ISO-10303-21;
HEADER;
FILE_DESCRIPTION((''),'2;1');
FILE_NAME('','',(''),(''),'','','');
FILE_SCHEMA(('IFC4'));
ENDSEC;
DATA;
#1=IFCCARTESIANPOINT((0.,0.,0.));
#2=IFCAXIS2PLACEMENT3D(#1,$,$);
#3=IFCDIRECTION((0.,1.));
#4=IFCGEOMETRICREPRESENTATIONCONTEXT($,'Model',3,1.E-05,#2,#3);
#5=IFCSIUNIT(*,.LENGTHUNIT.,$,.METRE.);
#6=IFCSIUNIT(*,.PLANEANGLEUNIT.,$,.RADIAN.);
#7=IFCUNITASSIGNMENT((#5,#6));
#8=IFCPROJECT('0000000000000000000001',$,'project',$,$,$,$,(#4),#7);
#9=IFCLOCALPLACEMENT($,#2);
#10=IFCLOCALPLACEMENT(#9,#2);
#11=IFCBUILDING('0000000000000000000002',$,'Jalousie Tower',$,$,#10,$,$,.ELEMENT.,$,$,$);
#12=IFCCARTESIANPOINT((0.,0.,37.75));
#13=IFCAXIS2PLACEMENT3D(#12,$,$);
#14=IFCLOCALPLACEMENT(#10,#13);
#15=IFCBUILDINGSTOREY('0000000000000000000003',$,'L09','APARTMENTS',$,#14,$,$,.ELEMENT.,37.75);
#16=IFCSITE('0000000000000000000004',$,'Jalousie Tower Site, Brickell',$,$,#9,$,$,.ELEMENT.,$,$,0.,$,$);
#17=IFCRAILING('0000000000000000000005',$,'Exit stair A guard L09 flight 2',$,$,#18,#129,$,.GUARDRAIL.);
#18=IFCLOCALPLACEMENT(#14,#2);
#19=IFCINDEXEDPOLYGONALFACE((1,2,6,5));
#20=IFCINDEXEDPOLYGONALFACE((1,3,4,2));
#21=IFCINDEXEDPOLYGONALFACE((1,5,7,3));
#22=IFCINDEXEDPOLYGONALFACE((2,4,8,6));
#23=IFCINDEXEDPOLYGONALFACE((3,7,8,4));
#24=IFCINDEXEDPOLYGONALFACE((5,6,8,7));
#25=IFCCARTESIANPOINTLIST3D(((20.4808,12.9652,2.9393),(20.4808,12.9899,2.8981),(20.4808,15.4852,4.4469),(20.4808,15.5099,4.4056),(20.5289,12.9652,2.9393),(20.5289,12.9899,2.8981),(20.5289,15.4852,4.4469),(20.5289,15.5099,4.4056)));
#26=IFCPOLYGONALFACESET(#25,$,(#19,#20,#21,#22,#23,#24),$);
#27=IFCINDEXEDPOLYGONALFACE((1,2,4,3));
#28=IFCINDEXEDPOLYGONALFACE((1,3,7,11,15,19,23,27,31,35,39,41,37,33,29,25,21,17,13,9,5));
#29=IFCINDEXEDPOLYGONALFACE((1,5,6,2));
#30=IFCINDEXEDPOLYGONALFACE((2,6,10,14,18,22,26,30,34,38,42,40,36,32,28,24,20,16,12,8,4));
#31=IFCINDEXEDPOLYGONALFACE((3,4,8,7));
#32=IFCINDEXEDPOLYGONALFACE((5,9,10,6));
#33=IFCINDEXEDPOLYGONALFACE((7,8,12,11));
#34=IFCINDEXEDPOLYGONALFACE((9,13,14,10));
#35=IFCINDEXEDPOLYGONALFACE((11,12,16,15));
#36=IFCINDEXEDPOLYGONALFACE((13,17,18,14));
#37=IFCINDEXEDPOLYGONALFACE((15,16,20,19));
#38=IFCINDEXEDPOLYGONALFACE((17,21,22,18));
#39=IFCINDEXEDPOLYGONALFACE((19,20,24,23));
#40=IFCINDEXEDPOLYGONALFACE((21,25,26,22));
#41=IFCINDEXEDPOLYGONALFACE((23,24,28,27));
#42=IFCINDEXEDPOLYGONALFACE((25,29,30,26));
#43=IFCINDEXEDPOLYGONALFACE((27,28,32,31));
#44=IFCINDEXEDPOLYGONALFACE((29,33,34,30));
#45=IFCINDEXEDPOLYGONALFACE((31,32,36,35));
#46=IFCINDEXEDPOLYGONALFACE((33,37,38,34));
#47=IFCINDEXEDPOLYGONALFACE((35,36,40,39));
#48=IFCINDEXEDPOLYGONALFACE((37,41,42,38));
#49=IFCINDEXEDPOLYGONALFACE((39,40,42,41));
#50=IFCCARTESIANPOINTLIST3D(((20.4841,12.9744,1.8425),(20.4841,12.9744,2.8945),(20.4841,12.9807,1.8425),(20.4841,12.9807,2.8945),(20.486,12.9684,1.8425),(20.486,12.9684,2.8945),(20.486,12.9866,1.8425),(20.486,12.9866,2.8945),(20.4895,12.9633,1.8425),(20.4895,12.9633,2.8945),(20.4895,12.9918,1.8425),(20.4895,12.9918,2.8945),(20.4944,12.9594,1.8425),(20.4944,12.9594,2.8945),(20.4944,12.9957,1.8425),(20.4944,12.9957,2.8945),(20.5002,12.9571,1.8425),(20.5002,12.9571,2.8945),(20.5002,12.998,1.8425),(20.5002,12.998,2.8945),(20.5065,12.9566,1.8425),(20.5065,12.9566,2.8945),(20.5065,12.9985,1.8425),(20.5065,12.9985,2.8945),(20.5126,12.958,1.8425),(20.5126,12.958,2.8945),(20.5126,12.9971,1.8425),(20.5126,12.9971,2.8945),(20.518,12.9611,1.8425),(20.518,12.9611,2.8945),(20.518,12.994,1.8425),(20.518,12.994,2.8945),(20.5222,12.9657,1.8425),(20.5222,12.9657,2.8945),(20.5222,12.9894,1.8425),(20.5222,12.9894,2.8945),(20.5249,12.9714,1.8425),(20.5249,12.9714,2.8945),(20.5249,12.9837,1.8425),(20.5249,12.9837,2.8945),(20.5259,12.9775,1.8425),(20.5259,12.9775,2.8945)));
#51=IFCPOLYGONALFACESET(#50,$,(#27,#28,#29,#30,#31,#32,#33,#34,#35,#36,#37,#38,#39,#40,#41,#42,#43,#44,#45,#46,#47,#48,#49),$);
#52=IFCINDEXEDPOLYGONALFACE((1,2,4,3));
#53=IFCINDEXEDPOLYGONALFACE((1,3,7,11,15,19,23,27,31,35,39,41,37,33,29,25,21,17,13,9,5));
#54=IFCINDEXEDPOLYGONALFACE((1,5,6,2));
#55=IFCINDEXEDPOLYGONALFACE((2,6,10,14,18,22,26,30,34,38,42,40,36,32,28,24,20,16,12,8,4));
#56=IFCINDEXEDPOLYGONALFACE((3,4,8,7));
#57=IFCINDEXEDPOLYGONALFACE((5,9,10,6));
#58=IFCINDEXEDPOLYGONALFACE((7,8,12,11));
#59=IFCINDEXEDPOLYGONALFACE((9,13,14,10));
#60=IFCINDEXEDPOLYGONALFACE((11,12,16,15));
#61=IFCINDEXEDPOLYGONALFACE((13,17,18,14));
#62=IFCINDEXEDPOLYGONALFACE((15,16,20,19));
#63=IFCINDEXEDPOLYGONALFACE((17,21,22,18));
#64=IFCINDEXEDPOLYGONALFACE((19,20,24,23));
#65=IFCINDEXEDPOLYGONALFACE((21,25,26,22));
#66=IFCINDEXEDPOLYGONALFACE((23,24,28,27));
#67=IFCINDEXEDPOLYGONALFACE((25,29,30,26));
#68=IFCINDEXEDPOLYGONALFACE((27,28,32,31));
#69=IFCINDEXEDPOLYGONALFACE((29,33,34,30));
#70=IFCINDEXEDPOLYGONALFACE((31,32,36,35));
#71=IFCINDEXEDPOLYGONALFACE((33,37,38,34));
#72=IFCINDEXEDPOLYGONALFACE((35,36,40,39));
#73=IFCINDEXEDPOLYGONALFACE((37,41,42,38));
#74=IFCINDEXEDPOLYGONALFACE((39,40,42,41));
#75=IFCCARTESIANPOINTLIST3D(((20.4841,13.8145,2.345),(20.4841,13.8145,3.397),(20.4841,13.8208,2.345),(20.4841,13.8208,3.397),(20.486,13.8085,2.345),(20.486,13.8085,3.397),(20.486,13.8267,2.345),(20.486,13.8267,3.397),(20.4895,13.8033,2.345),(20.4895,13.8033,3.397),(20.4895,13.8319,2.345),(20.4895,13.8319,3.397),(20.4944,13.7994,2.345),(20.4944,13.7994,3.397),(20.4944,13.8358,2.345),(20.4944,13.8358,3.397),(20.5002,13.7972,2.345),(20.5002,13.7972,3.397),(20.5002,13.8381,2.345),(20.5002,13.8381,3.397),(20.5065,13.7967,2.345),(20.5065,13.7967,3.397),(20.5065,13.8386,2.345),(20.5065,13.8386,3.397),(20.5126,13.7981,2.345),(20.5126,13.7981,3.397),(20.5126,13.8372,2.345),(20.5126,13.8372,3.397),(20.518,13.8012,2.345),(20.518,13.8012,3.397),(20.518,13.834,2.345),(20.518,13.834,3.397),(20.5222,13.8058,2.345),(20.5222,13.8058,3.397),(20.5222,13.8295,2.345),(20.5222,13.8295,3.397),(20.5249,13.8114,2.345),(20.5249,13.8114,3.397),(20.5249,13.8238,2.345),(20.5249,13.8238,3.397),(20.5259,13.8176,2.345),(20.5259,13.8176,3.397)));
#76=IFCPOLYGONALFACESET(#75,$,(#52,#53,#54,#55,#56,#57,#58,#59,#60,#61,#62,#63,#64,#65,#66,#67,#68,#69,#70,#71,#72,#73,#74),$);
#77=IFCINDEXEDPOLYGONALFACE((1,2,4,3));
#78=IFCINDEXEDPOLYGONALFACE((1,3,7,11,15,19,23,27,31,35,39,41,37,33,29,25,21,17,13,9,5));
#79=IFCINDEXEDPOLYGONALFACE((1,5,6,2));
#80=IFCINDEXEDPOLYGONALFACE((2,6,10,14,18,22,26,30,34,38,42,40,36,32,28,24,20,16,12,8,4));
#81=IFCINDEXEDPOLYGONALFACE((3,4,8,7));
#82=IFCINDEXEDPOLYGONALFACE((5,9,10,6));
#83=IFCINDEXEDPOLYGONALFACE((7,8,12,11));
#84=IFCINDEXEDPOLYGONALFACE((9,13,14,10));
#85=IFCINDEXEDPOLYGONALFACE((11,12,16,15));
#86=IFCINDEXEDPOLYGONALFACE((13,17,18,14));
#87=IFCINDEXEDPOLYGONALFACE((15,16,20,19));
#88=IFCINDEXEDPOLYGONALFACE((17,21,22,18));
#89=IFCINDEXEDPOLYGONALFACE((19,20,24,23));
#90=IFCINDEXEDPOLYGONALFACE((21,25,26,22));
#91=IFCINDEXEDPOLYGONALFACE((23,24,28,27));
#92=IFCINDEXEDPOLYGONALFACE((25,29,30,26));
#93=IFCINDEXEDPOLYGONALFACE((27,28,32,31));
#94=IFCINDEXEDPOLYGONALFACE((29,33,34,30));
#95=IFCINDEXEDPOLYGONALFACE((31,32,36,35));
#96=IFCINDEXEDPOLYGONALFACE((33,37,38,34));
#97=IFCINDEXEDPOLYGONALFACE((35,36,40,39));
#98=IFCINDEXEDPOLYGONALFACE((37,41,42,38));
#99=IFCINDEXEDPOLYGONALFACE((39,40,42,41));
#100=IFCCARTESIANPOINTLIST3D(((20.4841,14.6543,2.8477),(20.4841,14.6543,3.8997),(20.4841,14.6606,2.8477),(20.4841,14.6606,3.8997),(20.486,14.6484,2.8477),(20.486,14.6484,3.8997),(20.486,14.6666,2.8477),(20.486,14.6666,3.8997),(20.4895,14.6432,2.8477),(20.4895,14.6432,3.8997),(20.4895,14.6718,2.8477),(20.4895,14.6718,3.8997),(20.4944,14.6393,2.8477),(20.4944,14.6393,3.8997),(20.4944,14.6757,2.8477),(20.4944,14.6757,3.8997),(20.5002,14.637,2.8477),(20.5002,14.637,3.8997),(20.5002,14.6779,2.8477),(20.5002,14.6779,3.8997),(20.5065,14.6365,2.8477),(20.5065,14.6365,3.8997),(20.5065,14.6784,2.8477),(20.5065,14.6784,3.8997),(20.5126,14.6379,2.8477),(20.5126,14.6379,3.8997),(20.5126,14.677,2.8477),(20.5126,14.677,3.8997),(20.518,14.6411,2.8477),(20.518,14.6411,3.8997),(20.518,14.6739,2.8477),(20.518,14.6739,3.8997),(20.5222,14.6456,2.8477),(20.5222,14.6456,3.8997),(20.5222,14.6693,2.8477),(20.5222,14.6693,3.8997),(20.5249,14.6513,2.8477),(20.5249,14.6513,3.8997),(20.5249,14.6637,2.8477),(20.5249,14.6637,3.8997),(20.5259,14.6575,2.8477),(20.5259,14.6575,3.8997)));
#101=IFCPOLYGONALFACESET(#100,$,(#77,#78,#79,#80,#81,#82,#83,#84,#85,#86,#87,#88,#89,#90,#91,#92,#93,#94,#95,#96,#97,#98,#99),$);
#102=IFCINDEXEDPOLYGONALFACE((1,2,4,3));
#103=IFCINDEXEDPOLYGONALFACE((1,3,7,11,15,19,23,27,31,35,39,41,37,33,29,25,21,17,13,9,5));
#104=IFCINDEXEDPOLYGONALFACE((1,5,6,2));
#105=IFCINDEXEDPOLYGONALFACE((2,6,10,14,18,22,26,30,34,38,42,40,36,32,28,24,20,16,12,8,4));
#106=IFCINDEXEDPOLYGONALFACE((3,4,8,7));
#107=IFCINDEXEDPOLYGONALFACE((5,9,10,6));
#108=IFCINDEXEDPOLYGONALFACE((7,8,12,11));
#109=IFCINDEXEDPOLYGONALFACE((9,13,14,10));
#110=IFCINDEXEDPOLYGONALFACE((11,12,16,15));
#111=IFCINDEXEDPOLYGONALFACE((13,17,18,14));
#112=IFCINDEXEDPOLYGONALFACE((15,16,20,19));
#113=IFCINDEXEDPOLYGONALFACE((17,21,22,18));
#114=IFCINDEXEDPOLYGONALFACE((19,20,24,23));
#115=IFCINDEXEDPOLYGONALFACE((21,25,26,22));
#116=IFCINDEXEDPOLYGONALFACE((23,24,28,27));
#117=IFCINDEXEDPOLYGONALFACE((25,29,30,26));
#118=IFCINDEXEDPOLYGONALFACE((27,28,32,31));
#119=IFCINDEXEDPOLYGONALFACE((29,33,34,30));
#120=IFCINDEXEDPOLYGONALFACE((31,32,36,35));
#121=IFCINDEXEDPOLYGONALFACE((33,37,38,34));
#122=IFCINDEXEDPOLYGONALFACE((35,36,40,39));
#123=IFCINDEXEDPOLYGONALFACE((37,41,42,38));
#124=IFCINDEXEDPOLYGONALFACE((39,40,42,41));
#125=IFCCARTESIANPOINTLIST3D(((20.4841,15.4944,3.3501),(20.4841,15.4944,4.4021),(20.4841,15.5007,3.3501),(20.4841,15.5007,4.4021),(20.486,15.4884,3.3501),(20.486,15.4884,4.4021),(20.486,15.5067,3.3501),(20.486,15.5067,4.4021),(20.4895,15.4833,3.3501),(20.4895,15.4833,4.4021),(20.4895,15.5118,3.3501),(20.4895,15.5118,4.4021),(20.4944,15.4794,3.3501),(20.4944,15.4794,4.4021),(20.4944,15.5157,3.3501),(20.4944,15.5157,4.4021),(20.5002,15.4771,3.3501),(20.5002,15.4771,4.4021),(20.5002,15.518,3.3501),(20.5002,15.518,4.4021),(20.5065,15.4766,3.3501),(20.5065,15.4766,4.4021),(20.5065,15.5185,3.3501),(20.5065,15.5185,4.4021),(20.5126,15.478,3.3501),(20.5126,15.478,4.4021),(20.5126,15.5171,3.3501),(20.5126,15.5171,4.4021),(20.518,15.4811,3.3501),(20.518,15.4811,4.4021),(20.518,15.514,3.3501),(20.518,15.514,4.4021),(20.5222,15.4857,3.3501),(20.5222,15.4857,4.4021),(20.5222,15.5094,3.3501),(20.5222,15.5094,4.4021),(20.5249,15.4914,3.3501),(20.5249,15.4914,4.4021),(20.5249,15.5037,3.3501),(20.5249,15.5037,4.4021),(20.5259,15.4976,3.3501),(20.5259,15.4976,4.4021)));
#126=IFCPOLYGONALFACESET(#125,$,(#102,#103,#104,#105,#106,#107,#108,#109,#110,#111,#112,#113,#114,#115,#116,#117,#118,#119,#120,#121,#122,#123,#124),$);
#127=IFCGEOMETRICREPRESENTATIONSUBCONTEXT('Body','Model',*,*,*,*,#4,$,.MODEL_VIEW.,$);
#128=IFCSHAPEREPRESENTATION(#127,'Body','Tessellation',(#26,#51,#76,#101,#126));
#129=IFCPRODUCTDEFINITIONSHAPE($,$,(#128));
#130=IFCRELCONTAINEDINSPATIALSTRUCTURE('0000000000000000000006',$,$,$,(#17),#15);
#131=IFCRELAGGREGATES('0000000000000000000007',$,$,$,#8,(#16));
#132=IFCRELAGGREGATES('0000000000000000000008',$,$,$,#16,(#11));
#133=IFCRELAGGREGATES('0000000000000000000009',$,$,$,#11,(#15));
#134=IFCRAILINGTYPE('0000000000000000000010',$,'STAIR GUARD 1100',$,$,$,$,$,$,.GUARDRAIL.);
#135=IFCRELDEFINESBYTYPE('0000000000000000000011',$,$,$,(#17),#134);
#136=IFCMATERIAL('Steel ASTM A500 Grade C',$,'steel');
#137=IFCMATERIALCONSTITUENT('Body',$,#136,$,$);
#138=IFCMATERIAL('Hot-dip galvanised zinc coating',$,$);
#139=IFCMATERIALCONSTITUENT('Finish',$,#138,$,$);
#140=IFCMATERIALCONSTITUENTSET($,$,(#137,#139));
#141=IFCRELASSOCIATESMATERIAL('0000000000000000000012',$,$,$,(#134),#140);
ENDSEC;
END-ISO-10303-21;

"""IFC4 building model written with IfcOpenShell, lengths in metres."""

from ifc_helpers import new_model, si_unit, direction, frame, origin, origin_2d, place, context, subcontext, project, spatial, rectangle, circle, extrude, material, constituent, constituent_set, type_object, element, save


model = new_model("IFC4")

# Units and contexts
model_context = context("Model", 3, precision=1e-05, world=origin(), true_north=direction((0.0, 1.0)))
body_context = subcontext(model_context, "Body", "Model", "MODEL_VIEW")
ifc_project = project(units=[si_unit("LENGTHUNIT", "METRE"), si_unit("PLANEANGLEUNIT", "RADIAN")], contexts=[model_context])

# Site, building, storey
site_placement = place(None, origin())
site = spatial("IfcSite", under=ifc_project, at=site_placement, Name="Jalousie Tower Site, Brickell", CompositionType="ELEMENT", RefElevation=0.0)
building_placement = place(site_placement, origin())
building = spatial("IfcBuilding", under=site, at=building_placement, Name="Jalousie Tower", CompositionType="ELEMENT")
storey_placement = place(building_placement, frame((0.0, 0.0, 37.75)))
storey = spatial("IfcBuildingStorey", under=building, at=storey_placement, Name="L09", Description="APARTMENTS", CompositionType="ELEMENT", Elevation=37.75)

# Railing
ifc_material_1 = material(Name="Steel ASTM A500 Grade C", Category="steel")
ifc_constituent_1 = constituent(ifc_material_1, Name="Body")
ifc_material_2 = material(Name="Hot-dip galvanised zinc coating")
ifc_constituent_2 = constituent(ifc_material_2, Name="Finish")
ifc_constituent_set_1 = constituent_set(constituents=[ifc_constituent_1, ifc_constituent_2])
railing_type_1 = type_object("IfcRailingType", Name="STAIR GUARD 1100", PredefinedType="GUARDRAIL", material=ifc_constituent_set_1)
railing_1_placement = place(storey_placement, frame((20.5049, 12.9775, 1.8425)))
element("IfcRailing", 1, at=railing_1_placement, inside=storey, type_object=railing_type_1, Name="Exit stair A guard L09 flight 2", PredefinedType="GUARDRAIL", context=body_context, shape_type="SweptSolid", body=[
    extrude(rectangle(XDim=0.0481, YDim=0.0481, at=origin_2d()), frame((0.0, 0.0, 1.0762), z_axis=(0.0, 0.85816, 0.513383), x_axis=(-1.0, 0.0, 0.0)), (0.0, 0.0, 1.0), 2.9365),
    extrude(circle(Radius=0.021, at=origin_2d()), origin(), (0.0, 0.0, 1.0), 1.052),
    extrude(circle(Radius=0.021, at=origin_2d()), frame((0.0, 0.8401, 0.5024)), (0.0, 0.0, 1.0), 1.052),
    extrude(circle(Radius=0.021, at=origin_2d()), frame((0.0, 1.6799, 1.0051)), (0.0, 0.0, 1.0), 1.052),
    extrude(circle(Radius=0.021, at=origin_2d()), frame((0.0, 2.52, 1.5076)), (0.0, 0.0, 1.0), 1.052),
])

save(model, "model.ifc")
